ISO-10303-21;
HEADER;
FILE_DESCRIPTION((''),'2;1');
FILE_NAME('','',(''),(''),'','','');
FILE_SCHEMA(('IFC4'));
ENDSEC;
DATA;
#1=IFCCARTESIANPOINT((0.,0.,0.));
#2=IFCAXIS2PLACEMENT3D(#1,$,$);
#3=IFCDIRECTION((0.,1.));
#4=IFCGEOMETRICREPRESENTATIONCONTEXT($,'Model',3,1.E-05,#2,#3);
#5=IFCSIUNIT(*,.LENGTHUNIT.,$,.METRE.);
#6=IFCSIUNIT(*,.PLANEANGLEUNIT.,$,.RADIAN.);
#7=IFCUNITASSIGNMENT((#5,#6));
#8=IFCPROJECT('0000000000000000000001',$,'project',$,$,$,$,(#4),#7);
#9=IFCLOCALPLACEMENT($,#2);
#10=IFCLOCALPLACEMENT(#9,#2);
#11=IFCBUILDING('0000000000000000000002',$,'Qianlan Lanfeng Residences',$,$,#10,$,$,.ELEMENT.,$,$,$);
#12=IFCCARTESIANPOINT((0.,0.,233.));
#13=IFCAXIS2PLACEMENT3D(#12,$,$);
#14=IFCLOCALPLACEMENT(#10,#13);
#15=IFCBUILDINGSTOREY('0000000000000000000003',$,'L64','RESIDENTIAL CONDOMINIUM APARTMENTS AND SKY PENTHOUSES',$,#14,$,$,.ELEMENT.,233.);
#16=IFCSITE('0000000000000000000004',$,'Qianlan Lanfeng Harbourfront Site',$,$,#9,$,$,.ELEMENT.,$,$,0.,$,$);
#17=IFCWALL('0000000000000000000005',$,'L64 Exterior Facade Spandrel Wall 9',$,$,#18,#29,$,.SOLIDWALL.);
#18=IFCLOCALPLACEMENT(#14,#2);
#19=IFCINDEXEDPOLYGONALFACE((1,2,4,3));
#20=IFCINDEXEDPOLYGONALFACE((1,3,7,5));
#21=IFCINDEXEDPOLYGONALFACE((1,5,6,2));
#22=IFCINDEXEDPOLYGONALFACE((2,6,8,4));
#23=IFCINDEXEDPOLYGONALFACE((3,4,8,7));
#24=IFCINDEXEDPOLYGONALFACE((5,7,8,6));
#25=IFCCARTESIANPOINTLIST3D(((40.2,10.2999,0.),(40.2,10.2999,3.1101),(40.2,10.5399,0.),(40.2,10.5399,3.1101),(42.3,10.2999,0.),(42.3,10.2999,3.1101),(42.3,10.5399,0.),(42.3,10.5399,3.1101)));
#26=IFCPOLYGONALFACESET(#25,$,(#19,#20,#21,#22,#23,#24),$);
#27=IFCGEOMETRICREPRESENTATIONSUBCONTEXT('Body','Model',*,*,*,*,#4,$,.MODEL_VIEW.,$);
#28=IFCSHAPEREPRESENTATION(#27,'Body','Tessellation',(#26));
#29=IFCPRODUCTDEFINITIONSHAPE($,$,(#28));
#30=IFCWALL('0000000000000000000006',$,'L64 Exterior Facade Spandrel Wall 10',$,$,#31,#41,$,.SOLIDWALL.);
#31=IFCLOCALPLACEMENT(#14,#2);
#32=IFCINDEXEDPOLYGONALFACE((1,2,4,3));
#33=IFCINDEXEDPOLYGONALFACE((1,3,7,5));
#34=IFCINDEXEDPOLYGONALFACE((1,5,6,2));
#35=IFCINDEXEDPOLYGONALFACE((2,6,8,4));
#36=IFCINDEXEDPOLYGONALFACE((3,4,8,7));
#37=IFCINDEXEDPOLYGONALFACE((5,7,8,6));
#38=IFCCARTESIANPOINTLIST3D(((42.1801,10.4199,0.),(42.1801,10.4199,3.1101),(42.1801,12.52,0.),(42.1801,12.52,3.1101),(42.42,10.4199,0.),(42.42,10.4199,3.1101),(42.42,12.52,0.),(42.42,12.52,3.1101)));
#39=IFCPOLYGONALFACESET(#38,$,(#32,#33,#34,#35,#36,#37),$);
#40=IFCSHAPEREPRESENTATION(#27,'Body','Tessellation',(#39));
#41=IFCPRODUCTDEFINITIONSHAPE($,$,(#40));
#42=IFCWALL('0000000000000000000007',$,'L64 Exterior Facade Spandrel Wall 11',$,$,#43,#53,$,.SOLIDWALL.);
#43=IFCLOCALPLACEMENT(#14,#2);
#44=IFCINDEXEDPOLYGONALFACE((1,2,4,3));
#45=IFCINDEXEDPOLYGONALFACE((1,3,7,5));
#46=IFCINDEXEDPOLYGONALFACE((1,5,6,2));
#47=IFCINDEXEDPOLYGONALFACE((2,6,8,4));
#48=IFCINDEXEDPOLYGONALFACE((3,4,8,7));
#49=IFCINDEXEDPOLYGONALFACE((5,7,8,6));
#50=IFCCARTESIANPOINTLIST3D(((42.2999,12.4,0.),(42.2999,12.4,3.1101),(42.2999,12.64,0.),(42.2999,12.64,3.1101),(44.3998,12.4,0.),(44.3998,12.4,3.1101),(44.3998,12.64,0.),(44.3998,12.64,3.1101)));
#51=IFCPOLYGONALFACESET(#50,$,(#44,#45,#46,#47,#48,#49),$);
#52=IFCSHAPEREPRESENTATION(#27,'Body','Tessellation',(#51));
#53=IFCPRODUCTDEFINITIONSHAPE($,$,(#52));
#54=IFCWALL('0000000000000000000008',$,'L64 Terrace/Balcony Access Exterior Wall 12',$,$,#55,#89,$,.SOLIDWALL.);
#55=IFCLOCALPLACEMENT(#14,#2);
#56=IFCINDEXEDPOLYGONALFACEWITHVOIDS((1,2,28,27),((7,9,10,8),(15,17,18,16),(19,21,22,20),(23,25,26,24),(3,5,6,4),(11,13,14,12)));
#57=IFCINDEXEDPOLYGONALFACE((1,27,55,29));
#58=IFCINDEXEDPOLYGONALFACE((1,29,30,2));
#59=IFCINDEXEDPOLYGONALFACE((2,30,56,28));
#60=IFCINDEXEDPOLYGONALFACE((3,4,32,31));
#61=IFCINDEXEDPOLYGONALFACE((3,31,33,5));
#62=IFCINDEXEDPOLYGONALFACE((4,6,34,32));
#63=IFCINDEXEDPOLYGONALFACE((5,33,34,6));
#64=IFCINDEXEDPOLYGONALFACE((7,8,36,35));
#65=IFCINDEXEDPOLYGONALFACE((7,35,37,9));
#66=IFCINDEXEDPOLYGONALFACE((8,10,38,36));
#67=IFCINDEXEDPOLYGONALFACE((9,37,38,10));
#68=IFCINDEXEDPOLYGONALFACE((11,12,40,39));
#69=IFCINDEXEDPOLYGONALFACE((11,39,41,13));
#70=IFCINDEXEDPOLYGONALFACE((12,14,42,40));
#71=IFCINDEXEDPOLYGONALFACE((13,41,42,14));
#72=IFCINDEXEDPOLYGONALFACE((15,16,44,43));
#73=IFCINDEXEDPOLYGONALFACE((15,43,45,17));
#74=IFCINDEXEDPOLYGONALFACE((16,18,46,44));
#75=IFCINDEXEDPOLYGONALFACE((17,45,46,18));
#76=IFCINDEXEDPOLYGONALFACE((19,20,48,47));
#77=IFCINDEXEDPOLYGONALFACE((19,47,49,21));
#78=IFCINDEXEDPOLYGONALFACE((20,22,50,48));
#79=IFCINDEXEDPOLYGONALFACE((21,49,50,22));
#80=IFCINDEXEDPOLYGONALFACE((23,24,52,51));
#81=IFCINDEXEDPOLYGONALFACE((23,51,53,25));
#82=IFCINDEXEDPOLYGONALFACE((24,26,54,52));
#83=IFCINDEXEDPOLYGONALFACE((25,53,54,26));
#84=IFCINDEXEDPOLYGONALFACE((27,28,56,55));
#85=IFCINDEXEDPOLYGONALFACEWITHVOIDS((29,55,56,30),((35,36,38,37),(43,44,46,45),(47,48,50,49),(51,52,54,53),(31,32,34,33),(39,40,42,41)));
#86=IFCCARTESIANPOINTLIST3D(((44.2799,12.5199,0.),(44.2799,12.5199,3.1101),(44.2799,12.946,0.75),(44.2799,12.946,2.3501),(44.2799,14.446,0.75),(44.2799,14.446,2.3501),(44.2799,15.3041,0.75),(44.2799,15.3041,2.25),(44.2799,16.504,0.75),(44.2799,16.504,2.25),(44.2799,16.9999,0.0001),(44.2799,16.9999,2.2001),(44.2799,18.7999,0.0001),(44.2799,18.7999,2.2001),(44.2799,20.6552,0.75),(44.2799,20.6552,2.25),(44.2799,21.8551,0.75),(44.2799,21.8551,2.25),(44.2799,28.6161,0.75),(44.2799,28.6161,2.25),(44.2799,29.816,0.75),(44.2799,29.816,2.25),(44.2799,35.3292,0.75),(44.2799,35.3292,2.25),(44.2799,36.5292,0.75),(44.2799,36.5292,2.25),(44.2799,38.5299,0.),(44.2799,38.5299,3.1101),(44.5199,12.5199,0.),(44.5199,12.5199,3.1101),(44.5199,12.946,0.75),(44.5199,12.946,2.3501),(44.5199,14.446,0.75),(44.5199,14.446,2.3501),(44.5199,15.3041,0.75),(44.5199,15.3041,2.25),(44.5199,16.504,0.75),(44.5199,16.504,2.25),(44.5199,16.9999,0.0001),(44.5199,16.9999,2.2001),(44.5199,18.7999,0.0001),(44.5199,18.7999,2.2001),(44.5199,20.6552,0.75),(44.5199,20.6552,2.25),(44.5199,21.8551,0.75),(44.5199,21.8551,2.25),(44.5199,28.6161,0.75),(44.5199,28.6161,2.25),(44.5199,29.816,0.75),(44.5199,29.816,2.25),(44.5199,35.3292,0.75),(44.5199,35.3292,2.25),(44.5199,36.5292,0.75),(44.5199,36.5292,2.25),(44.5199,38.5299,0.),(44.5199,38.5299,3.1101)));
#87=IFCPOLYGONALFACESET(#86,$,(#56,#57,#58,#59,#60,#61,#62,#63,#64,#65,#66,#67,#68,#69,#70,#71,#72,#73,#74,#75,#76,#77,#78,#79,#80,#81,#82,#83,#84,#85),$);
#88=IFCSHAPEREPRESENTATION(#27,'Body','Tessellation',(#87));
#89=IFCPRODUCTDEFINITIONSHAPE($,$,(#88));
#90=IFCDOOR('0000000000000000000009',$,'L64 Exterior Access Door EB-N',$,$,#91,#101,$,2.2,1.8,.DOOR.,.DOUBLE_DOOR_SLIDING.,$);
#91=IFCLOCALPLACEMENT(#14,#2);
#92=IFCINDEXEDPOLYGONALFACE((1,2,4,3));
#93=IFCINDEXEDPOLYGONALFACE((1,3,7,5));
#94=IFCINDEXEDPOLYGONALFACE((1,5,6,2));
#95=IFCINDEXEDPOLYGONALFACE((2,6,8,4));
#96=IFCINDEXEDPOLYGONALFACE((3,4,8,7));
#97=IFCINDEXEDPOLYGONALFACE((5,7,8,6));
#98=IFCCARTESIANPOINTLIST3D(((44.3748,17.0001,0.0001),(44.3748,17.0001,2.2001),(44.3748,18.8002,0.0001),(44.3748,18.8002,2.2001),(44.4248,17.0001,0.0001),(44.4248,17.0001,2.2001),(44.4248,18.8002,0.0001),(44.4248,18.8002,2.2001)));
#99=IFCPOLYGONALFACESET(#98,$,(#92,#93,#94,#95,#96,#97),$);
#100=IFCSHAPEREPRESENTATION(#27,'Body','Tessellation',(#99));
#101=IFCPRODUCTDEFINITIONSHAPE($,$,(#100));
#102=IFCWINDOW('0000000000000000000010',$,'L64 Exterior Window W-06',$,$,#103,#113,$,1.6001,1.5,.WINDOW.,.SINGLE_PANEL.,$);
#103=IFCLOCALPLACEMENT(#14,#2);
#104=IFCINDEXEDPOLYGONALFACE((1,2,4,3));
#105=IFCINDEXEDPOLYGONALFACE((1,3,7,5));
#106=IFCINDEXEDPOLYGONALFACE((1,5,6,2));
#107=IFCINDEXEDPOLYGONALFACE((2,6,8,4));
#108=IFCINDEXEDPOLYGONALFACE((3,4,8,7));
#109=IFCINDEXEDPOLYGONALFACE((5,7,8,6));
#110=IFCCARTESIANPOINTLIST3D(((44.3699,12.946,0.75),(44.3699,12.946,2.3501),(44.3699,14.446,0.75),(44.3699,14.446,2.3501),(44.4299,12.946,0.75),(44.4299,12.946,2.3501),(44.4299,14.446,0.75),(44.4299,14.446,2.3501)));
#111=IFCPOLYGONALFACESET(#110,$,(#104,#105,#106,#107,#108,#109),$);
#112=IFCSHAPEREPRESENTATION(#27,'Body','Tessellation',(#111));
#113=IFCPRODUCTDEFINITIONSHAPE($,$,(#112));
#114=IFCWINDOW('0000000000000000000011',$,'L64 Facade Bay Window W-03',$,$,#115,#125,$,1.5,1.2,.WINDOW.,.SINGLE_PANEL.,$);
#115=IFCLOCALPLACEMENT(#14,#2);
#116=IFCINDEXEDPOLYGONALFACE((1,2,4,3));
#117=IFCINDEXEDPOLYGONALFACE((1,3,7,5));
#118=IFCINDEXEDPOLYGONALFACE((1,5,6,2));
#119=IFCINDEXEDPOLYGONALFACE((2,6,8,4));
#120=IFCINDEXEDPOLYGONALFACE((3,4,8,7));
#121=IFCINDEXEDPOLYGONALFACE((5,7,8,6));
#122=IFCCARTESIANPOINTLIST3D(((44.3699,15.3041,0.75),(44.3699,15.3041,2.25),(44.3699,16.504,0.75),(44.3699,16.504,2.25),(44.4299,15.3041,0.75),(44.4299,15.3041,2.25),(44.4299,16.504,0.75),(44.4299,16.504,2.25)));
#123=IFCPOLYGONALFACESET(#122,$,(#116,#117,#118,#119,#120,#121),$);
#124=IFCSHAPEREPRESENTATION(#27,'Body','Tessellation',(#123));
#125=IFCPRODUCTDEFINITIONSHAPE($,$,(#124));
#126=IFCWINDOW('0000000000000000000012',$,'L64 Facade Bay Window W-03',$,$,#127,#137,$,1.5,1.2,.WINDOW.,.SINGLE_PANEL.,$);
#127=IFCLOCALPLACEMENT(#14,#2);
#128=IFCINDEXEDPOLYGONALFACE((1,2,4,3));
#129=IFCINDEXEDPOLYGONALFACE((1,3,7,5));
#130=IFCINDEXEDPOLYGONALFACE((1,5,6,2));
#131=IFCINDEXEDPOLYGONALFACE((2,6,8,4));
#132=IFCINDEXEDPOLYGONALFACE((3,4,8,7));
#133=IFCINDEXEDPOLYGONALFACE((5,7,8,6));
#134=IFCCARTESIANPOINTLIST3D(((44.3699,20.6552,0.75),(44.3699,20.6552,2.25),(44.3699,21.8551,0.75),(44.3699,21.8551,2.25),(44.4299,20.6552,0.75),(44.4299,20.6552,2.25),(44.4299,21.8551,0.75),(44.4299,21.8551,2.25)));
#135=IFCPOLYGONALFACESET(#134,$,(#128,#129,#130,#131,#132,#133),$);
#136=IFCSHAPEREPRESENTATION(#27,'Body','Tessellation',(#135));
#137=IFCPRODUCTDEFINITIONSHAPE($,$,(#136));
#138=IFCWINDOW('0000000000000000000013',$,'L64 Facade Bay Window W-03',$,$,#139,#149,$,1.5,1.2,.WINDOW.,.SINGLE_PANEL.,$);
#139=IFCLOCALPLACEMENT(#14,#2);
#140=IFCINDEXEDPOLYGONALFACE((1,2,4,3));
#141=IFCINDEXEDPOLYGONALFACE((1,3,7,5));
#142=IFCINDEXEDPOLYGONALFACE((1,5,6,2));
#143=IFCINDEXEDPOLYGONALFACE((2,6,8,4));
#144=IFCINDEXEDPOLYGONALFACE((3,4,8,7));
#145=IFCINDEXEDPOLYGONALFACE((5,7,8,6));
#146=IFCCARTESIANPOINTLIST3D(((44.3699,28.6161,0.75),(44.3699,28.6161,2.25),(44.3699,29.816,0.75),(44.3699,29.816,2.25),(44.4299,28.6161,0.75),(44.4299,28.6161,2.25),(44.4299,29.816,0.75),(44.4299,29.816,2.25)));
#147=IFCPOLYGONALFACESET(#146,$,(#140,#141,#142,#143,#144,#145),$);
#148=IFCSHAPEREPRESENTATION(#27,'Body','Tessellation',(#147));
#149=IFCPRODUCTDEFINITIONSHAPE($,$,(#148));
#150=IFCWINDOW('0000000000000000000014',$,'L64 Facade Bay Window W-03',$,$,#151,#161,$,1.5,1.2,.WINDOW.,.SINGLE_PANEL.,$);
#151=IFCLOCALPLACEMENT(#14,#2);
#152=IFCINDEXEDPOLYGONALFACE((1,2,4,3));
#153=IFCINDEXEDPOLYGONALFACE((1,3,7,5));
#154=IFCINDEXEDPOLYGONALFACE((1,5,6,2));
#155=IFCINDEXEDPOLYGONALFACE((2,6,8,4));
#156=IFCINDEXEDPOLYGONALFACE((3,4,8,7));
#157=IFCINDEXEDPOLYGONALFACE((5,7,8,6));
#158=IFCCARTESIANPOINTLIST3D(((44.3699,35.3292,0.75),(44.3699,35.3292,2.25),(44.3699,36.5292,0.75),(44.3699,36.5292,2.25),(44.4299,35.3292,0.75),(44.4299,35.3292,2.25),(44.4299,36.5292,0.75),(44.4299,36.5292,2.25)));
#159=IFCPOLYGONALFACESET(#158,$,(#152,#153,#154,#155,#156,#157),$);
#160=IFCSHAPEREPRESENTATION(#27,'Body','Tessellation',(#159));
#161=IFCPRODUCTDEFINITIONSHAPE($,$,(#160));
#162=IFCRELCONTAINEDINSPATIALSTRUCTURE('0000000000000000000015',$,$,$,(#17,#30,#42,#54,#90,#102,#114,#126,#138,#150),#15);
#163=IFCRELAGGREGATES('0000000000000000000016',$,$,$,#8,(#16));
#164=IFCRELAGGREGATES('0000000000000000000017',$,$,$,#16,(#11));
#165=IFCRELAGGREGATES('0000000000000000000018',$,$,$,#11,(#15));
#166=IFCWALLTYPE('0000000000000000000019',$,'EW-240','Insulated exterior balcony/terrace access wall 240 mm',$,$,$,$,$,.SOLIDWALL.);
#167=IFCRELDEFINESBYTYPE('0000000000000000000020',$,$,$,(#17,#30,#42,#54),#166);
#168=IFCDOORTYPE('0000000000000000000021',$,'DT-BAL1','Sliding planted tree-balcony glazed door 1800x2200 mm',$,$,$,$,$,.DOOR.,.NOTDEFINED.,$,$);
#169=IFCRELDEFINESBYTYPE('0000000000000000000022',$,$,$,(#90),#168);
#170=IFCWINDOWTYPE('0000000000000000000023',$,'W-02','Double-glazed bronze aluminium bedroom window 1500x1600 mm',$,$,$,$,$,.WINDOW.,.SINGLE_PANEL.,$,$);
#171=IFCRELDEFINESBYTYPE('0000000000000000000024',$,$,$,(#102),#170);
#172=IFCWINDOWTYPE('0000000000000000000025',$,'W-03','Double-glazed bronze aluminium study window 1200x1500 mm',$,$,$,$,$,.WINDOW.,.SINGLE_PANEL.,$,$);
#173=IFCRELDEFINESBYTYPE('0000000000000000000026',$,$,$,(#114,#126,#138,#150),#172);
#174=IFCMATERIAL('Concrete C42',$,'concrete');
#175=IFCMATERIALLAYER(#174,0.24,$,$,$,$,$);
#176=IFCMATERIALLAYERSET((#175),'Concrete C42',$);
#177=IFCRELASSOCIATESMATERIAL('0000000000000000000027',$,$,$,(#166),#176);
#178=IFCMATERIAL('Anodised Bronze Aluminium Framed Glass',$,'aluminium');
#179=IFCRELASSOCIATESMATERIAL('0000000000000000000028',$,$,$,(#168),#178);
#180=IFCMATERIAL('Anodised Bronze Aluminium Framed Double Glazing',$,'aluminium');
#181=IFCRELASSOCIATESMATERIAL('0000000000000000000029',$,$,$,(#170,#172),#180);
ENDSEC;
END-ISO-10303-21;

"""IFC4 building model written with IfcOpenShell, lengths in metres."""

from ifc_helpers import new_model, si_unit, direction, frame, frame_2d, origin, place, context, subcontext, project, spatial, rectangle, extrude, material, layer, layer_set, type_object, element, fill, save


model = new_model("IFC4")

# Units and contexts
model_context = context("Model", 3, precision=1e-05, world=origin(), true_north=direction((0.0, 1.0)))
body_context = subcontext(model_context, "Body", "Model", "MODEL_VIEW")
ifc_project = project(units=[si_unit("LENGTHUNIT", "METRE"), si_unit("PLANEANGLEUNIT", "RADIAN")], contexts=[model_context])

# Site, building, storey
site_placement = place(None, origin())
site = spatial("IfcSite", under=ifc_project, at=site_placement, Name="Qianlan Lanfeng Harbourfront Site", CompositionType="ELEMENT", RefElevation=0.0)
building_placement = place(site_placement, origin())
building = spatial("IfcBuilding", under=site, at=building_placement, Name="Qianlan Lanfeng Residences", CompositionType="ELEMENT")
storey_placement = place(building_placement, frame((0.0, 0.0, 233.0)))
storey = spatial("IfcBuildingStorey", under=building, at=storey_placement, Name="L64", Description="RESIDENTIAL CONDOMINIUM APARTMENTS AND SKY PENTHOUSES", CompositionType="ELEMENT", Elevation=233.0)

# Walls
ifc_material_1 = material(Name="Concrete C42", Category="concrete")
ifc_layer_1 = layer(ifc_material_1, 0.24)
ifc_layer_set_1 = layer_set([ifc_layer_1], Name="Concrete C42")
wall_type_1 = type_object("IfcWallType", Name="EW-240", Description="Insulated exterior balcony/terrace access wall 240 mm", PredefinedType="SOLIDWALL", material=ifc_layer_set_1)
for number, where, z_axis, x_axis, name in (
    (1, (40.2, 10.4199, 0.0), (0.0, 0.0, 1.0), (1.0, 0.0, 0.0), "L64 Exterior Facade Spandrel Wall 9"),
    (2, (42.3, 10.4199, 0.0), (0.0, 0.0, 1.0), (0.0, 1.0, 0.0), "L64 Exterior Facade Spandrel Wall 10"),
):
    element("IfcWall", number, at=place(storey_placement, frame(where, z_axis=z_axis, x_axis=x_axis)), inside=storey, type_object=wall_type_1, Name=name, PredefinedType="SOLIDWALL", context=body_context, shape_type="SweptSolid", body=[
        extrude(rectangle(XDim=2.1001, YDim=0.24, at=frame_2d((1.05, 0.0))), origin(), (0.0, 0.0, 1.0), 3.1101),
    ])
wall_1_placement = place(storey_placement, frame((42.3, 12.52, 0.0), z_axis=(0.0, 0.0, 1.0), x_axis=(1.0, 0.0, 0.0)))
element("IfcWall", 3, at=wall_1_placement, inside=storey, type_object=wall_type_1, Name="L64 Exterior Facade Spandrel Wall 11", PredefinedType="SOLIDWALL", context=body_context, shape_type="SweptSolid", body=[
    extrude(rectangle(XDim=2.0999, YDim=0.24, at=frame_2d((1.0498, 0.0))), origin(), (0.0, 0.0, 1.0), 3.1101),
])

# Wall, openings, door, windows
wall_2_placement = place(storey_placement, frame((44.3999, 12.52, 0.0), z_axis=(0.0, 0.0, 1.0), x_axis=(0.0, 1.0, 0.0)))
wall_2 = element("IfcWall", 4, at=wall_2_placement, inside=storey, type_object=wall_type_1, Name="L64 Terrace/Balcony Access Exterior Wall 12", PredefinedType="SOLIDWALL", context=body_context, shape_type="SweptSolid", body=[
    extrude(rectangle(XDim=26.01, YDim=0.24, at=frame_2d((13.0049, 0.0))), origin(), (0.0, 0.0, 1.0), 3.1101),
])
opening_1_placement = place(wall_2_placement, frame((4.48, 0.0, 0.0)))
opening_1 = element("IfcOpeningElement", 5, at=opening_1_placement, cuts=wall_2, PredefinedType="OPENING", context=body_context, shape_type="SweptSolid", body=[
    extrude(rectangle(XDim=1.8, YDim=2.2, at=frame_2d((0.8999, 1.1001))), frame((0.0, 0.1299, 0.0), z_axis=(0.0, -1.0, 0.0), x_axis=(1.0, 0.0, 0.0)), (0.0, 0.0, 1.0), 0.26),
])
opening_2_placement = place(wall_2_placement, frame((0.426, 0.0, 0.75)))
opening_2 = element("IfcOpeningElement", 6, at=opening_2_placement, cuts=wall_2, PredefinedType="OPENING", context=body_context, shape_type="SweptSolid", body=[
    extrude(rectangle(XDim=1.5, YDim=1.6001, at=frame_2d((0.75, 0.8))), frame((0.0, 0.1299, 0.0), z_axis=(0.0, -1.0, 0.0), x_axis=(1.0, 0.0, 0.0)), (0.0, 0.0, 1.0), 0.26),
])
opening_3_placement = place(wall_2_placement, frame((2.7839, 0.0, 0.75)))
opening_3 = element("IfcOpeningElement", 7, at=opening_3_placement, cuts=wall_2, PredefinedType="OPENING", context=body_context, shape_type="SweptSolid", body=[
    extrude(rectangle(XDim=1.2, YDim=1.5, at=frame_2d((0.6001, 0.75))), frame((0.0, 0.1299, 0.0), z_axis=(0.0, -1.0, 0.0), x_axis=(1.0, 0.0, 0.0)), (0.0, 0.0, 1.0), 0.26),
])
opening_4_placement = place(wall_2_placement, frame((8.135, 0.0, 0.75)))
opening_4 = element("IfcOpeningElement", 8, at=opening_4_placement, cuts=wall_2, PredefinedType="OPENING", context=body_context, shape_type="SweptSolid", body=[
    extrude(rectangle(XDim=1.2, YDim=1.5, at=frame_2d((0.6001, 0.75))), frame((0.0, 0.1299, 0.0), z_axis=(0.0, -1.0, 0.0), x_axis=(1.0, 0.0, 0.0)), (0.0, 0.0, 1.0), 0.26),
])
opening_5_placement = place(wall_2_placement, frame((16.0959, 0.0, 0.75)))
opening_5 = element("IfcOpeningElement", 9, at=opening_5_placement, cuts=wall_2, PredefinedType="OPENING", context=body_context, shape_type="SweptSolid", body=[
    extrude(rectangle(XDim=1.2, YDim=1.5, at=frame_2d((0.6001, 0.75))), frame((0.0, 0.1299, 0.0), z_axis=(0.0, -1.0, 0.0), x_axis=(1.0, 0.0, 0.0)), (0.0, 0.0, 1.0), 0.26),
])
opening_6_placement = place(wall_2_placement, frame((22.8091, 0.0, 0.75)))
opening_6 = element("IfcOpeningElement", 10, at=opening_6_placement, cuts=wall_2, PredefinedType="OPENING", context=body_context, shape_type="SweptSolid", body=[
    extrude(rectangle(XDim=1.2, YDim=1.5, at=frame_2d((0.6001, 0.75))), frame((0.0, 0.1299, 0.0), z_axis=(0.0, -1.0, 0.0), x_axis=(1.0, 0.0, 0.0)), (0.0, 0.0, 1.0), 0.26),
])
ifc_material_2 = material(Name="Anodised Bronze Aluminium Framed Glass", Category="aluminium")
door_type_1 = type_object("IfcDoorType", Name="DT-BAL1", Description="Sliding planted tree-balcony glazed door 1800x2200 mm", OperationType="NOTDEFINED", PredefinedType="DOOR", material=ifc_material_2)
door_1_placement = place(opening_1_placement, frame((1.8, 0.0, 0.0), z_axis=(0.0, 0.0, 1.0), x_axis=(-1.0, 0.0, 0.0)))
door_1 = element("IfcDoor", 11, at=door_1_placement, inside=storey, type_object=door_type_1, Name="L64 Exterior Access Door EB-N", OperationType="DOUBLE_DOOR_SLIDING", OverallHeight=2.2, OverallWidth=1.8, PredefinedType="DOOR", context=body_context, shape_type="SweptSolid", body=[
    extrude(rectangle(XDim=1.8, YDim=2.2, at=frame_2d((0.8999, 1.1001))), frame((0.0, 0.0249, 0.0), z_axis=(0.0, -1.0, 0.0), x_axis=(1.0, 0.0, 0.0)), (0.0, 0.0, 1.0), 0.05),
])
fill(opening_1, door_1)
ifc_material_3 = material(Name="Anodised Bronze Aluminium Framed Double Glazing", Category="aluminium")
window_type_1 = type_object("IfcWindowType", Name="W-02", Description="Double-glazed bronze aluminium bedroom window 1500x1600 mm", PartitioningType="SINGLE_PANEL", PredefinedType="WINDOW", material=ifc_material_3)
window_1_placement = place(opening_2_placement, origin())
window_1 = element("IfcWindow", 12, at=window_1_placement, inside=storey, type_object=window_type_1, Name="L64 Exterior Window W-06", OverallHeight=1.6001, OverallWidth=1.5, PartitioningType="SINGLE_PANEL", PredefinedType="WINDOW", context=body_context, shape_type="SweptSolid", body=[
    extrude(rectangle(XDim=1.5, YDim=1.6001, at=frame_2d((0.75, 0.8))), frame((0.0, 0.03, 0.0), z_axis=(0.0, -1.0, 0.0), x_axis=(1.0, 0.0, 0.0)), (0.0, 0.0, 1.0), 0.0601),
])
fill(opening_2, window_1)
window_type_2 = type_object("IfcWindowType", Name="W-03", Description="Double-glazed bronze aluminium study window 1200x1500 mm", PartitioningType="SINGLE_PANEL", PredefinedType="WINDOW", material=ifc_material_3)
window_2_placement = place(opening_3_placement, origin())
window_2 = element("IfcWindow", 13, at=window_2_placement, inside=storey, type_object=window_type_2, Name="L64 Facade Bay Window W-03", OverallHeight=1.5, OverallWidth=1.2, PartitioningType="SINGLE_PANEL", PredefinedType="WINDOW", context=body_context, shape_type="SweptSolid", body=[
    extrude(rectangle(XDim=1.2, YDim=1.5, at=frame_2d((0.6001, 0.75))), frame((0.0, 0.03, 0.0), z_axis=(0.0, -1.0, 0.0), x_axis=(1.0, 0.0, 0.0)), (0.0, 0.0, 1.0), 0.0601),
])
fill(opening_3, window_2)
window_3_placement = place(opening_4_placement, origin())
window_3 = element("IfcWindow", 14, at=window_3_placement, inside=storey, type_object=window_type_2, Name="L64 Facade Bay Window W-03", OverallHeight=1.5, OverallWidth=1.2, PartitioningType="SINGLE_PANEL", PredefinedType="WINDOW", context=body_context, shape_type="SweptSolid", body=[
    extrude(rectangle(XDim=1.2, YDim=1.5, at=frame_2d((0.6001, 0.75))), frame((0.0, 0.03, 0.0), z_axis=(0.0, -1.0, 0.0), x_axis=(1.0, 0.0, 0.0)), (0.0, 0.0, 1.0), 0.0601),
])
fill(opening_4, window_3)
window_4_placement = place(opening_5_placement, origin())
window_4 = element("IfcWindow", 15, at=window_4_placement, inside=storey, type_object=window_type_2, Name="L64 Facade Bay Window W-03", OverallHeight=1.5, OverallWidth=1.2, PartitioningType="SINGLE_PANEL", PredefinedType="WINDOW", context=body_context, shape_type="SweptSolid", body=[
    extrude(rectangle(XDim=1.2, YDim=1.5, at=frame_2d((0.6001, 0.75))), frame((0.0, 0.03, 0.0), z_axis=(0.0, -1.0, 0.0), x_axis=(1.0, 0.0, 0.0)), (0.0, 0.0, 1.0), 0.0601),
])
fill(opening_5, window_4)
window_5_placement = place(opening_6_placement, origin())
window_5 = element("IfcWindow", 16, at=window_5_placement, inside=storey, type_object=window_type_2, Name="L64 Facade Bay Window W-03", OverallHeight=1.5, OverallWidth=1.2, PartitioningType="SINGLE_PANEL", PredefinedType="WINDOW", context=body_context, shape_type="SweptSolid", body=[
    extrude(rectangle(XDim=1.2, YDim=1.5, at=frame_2d((0.6001, 0.75))), frame((0.0, 0.03, 0.0), z_axis=(0.0, -1.0, 0.0), x_axis=(1.0, 0.0, 0.0)), (0.0, 0.0, 1.0), 0.0601),
])
fill(opening_6, window_5)

save(model, "model.ifc")
